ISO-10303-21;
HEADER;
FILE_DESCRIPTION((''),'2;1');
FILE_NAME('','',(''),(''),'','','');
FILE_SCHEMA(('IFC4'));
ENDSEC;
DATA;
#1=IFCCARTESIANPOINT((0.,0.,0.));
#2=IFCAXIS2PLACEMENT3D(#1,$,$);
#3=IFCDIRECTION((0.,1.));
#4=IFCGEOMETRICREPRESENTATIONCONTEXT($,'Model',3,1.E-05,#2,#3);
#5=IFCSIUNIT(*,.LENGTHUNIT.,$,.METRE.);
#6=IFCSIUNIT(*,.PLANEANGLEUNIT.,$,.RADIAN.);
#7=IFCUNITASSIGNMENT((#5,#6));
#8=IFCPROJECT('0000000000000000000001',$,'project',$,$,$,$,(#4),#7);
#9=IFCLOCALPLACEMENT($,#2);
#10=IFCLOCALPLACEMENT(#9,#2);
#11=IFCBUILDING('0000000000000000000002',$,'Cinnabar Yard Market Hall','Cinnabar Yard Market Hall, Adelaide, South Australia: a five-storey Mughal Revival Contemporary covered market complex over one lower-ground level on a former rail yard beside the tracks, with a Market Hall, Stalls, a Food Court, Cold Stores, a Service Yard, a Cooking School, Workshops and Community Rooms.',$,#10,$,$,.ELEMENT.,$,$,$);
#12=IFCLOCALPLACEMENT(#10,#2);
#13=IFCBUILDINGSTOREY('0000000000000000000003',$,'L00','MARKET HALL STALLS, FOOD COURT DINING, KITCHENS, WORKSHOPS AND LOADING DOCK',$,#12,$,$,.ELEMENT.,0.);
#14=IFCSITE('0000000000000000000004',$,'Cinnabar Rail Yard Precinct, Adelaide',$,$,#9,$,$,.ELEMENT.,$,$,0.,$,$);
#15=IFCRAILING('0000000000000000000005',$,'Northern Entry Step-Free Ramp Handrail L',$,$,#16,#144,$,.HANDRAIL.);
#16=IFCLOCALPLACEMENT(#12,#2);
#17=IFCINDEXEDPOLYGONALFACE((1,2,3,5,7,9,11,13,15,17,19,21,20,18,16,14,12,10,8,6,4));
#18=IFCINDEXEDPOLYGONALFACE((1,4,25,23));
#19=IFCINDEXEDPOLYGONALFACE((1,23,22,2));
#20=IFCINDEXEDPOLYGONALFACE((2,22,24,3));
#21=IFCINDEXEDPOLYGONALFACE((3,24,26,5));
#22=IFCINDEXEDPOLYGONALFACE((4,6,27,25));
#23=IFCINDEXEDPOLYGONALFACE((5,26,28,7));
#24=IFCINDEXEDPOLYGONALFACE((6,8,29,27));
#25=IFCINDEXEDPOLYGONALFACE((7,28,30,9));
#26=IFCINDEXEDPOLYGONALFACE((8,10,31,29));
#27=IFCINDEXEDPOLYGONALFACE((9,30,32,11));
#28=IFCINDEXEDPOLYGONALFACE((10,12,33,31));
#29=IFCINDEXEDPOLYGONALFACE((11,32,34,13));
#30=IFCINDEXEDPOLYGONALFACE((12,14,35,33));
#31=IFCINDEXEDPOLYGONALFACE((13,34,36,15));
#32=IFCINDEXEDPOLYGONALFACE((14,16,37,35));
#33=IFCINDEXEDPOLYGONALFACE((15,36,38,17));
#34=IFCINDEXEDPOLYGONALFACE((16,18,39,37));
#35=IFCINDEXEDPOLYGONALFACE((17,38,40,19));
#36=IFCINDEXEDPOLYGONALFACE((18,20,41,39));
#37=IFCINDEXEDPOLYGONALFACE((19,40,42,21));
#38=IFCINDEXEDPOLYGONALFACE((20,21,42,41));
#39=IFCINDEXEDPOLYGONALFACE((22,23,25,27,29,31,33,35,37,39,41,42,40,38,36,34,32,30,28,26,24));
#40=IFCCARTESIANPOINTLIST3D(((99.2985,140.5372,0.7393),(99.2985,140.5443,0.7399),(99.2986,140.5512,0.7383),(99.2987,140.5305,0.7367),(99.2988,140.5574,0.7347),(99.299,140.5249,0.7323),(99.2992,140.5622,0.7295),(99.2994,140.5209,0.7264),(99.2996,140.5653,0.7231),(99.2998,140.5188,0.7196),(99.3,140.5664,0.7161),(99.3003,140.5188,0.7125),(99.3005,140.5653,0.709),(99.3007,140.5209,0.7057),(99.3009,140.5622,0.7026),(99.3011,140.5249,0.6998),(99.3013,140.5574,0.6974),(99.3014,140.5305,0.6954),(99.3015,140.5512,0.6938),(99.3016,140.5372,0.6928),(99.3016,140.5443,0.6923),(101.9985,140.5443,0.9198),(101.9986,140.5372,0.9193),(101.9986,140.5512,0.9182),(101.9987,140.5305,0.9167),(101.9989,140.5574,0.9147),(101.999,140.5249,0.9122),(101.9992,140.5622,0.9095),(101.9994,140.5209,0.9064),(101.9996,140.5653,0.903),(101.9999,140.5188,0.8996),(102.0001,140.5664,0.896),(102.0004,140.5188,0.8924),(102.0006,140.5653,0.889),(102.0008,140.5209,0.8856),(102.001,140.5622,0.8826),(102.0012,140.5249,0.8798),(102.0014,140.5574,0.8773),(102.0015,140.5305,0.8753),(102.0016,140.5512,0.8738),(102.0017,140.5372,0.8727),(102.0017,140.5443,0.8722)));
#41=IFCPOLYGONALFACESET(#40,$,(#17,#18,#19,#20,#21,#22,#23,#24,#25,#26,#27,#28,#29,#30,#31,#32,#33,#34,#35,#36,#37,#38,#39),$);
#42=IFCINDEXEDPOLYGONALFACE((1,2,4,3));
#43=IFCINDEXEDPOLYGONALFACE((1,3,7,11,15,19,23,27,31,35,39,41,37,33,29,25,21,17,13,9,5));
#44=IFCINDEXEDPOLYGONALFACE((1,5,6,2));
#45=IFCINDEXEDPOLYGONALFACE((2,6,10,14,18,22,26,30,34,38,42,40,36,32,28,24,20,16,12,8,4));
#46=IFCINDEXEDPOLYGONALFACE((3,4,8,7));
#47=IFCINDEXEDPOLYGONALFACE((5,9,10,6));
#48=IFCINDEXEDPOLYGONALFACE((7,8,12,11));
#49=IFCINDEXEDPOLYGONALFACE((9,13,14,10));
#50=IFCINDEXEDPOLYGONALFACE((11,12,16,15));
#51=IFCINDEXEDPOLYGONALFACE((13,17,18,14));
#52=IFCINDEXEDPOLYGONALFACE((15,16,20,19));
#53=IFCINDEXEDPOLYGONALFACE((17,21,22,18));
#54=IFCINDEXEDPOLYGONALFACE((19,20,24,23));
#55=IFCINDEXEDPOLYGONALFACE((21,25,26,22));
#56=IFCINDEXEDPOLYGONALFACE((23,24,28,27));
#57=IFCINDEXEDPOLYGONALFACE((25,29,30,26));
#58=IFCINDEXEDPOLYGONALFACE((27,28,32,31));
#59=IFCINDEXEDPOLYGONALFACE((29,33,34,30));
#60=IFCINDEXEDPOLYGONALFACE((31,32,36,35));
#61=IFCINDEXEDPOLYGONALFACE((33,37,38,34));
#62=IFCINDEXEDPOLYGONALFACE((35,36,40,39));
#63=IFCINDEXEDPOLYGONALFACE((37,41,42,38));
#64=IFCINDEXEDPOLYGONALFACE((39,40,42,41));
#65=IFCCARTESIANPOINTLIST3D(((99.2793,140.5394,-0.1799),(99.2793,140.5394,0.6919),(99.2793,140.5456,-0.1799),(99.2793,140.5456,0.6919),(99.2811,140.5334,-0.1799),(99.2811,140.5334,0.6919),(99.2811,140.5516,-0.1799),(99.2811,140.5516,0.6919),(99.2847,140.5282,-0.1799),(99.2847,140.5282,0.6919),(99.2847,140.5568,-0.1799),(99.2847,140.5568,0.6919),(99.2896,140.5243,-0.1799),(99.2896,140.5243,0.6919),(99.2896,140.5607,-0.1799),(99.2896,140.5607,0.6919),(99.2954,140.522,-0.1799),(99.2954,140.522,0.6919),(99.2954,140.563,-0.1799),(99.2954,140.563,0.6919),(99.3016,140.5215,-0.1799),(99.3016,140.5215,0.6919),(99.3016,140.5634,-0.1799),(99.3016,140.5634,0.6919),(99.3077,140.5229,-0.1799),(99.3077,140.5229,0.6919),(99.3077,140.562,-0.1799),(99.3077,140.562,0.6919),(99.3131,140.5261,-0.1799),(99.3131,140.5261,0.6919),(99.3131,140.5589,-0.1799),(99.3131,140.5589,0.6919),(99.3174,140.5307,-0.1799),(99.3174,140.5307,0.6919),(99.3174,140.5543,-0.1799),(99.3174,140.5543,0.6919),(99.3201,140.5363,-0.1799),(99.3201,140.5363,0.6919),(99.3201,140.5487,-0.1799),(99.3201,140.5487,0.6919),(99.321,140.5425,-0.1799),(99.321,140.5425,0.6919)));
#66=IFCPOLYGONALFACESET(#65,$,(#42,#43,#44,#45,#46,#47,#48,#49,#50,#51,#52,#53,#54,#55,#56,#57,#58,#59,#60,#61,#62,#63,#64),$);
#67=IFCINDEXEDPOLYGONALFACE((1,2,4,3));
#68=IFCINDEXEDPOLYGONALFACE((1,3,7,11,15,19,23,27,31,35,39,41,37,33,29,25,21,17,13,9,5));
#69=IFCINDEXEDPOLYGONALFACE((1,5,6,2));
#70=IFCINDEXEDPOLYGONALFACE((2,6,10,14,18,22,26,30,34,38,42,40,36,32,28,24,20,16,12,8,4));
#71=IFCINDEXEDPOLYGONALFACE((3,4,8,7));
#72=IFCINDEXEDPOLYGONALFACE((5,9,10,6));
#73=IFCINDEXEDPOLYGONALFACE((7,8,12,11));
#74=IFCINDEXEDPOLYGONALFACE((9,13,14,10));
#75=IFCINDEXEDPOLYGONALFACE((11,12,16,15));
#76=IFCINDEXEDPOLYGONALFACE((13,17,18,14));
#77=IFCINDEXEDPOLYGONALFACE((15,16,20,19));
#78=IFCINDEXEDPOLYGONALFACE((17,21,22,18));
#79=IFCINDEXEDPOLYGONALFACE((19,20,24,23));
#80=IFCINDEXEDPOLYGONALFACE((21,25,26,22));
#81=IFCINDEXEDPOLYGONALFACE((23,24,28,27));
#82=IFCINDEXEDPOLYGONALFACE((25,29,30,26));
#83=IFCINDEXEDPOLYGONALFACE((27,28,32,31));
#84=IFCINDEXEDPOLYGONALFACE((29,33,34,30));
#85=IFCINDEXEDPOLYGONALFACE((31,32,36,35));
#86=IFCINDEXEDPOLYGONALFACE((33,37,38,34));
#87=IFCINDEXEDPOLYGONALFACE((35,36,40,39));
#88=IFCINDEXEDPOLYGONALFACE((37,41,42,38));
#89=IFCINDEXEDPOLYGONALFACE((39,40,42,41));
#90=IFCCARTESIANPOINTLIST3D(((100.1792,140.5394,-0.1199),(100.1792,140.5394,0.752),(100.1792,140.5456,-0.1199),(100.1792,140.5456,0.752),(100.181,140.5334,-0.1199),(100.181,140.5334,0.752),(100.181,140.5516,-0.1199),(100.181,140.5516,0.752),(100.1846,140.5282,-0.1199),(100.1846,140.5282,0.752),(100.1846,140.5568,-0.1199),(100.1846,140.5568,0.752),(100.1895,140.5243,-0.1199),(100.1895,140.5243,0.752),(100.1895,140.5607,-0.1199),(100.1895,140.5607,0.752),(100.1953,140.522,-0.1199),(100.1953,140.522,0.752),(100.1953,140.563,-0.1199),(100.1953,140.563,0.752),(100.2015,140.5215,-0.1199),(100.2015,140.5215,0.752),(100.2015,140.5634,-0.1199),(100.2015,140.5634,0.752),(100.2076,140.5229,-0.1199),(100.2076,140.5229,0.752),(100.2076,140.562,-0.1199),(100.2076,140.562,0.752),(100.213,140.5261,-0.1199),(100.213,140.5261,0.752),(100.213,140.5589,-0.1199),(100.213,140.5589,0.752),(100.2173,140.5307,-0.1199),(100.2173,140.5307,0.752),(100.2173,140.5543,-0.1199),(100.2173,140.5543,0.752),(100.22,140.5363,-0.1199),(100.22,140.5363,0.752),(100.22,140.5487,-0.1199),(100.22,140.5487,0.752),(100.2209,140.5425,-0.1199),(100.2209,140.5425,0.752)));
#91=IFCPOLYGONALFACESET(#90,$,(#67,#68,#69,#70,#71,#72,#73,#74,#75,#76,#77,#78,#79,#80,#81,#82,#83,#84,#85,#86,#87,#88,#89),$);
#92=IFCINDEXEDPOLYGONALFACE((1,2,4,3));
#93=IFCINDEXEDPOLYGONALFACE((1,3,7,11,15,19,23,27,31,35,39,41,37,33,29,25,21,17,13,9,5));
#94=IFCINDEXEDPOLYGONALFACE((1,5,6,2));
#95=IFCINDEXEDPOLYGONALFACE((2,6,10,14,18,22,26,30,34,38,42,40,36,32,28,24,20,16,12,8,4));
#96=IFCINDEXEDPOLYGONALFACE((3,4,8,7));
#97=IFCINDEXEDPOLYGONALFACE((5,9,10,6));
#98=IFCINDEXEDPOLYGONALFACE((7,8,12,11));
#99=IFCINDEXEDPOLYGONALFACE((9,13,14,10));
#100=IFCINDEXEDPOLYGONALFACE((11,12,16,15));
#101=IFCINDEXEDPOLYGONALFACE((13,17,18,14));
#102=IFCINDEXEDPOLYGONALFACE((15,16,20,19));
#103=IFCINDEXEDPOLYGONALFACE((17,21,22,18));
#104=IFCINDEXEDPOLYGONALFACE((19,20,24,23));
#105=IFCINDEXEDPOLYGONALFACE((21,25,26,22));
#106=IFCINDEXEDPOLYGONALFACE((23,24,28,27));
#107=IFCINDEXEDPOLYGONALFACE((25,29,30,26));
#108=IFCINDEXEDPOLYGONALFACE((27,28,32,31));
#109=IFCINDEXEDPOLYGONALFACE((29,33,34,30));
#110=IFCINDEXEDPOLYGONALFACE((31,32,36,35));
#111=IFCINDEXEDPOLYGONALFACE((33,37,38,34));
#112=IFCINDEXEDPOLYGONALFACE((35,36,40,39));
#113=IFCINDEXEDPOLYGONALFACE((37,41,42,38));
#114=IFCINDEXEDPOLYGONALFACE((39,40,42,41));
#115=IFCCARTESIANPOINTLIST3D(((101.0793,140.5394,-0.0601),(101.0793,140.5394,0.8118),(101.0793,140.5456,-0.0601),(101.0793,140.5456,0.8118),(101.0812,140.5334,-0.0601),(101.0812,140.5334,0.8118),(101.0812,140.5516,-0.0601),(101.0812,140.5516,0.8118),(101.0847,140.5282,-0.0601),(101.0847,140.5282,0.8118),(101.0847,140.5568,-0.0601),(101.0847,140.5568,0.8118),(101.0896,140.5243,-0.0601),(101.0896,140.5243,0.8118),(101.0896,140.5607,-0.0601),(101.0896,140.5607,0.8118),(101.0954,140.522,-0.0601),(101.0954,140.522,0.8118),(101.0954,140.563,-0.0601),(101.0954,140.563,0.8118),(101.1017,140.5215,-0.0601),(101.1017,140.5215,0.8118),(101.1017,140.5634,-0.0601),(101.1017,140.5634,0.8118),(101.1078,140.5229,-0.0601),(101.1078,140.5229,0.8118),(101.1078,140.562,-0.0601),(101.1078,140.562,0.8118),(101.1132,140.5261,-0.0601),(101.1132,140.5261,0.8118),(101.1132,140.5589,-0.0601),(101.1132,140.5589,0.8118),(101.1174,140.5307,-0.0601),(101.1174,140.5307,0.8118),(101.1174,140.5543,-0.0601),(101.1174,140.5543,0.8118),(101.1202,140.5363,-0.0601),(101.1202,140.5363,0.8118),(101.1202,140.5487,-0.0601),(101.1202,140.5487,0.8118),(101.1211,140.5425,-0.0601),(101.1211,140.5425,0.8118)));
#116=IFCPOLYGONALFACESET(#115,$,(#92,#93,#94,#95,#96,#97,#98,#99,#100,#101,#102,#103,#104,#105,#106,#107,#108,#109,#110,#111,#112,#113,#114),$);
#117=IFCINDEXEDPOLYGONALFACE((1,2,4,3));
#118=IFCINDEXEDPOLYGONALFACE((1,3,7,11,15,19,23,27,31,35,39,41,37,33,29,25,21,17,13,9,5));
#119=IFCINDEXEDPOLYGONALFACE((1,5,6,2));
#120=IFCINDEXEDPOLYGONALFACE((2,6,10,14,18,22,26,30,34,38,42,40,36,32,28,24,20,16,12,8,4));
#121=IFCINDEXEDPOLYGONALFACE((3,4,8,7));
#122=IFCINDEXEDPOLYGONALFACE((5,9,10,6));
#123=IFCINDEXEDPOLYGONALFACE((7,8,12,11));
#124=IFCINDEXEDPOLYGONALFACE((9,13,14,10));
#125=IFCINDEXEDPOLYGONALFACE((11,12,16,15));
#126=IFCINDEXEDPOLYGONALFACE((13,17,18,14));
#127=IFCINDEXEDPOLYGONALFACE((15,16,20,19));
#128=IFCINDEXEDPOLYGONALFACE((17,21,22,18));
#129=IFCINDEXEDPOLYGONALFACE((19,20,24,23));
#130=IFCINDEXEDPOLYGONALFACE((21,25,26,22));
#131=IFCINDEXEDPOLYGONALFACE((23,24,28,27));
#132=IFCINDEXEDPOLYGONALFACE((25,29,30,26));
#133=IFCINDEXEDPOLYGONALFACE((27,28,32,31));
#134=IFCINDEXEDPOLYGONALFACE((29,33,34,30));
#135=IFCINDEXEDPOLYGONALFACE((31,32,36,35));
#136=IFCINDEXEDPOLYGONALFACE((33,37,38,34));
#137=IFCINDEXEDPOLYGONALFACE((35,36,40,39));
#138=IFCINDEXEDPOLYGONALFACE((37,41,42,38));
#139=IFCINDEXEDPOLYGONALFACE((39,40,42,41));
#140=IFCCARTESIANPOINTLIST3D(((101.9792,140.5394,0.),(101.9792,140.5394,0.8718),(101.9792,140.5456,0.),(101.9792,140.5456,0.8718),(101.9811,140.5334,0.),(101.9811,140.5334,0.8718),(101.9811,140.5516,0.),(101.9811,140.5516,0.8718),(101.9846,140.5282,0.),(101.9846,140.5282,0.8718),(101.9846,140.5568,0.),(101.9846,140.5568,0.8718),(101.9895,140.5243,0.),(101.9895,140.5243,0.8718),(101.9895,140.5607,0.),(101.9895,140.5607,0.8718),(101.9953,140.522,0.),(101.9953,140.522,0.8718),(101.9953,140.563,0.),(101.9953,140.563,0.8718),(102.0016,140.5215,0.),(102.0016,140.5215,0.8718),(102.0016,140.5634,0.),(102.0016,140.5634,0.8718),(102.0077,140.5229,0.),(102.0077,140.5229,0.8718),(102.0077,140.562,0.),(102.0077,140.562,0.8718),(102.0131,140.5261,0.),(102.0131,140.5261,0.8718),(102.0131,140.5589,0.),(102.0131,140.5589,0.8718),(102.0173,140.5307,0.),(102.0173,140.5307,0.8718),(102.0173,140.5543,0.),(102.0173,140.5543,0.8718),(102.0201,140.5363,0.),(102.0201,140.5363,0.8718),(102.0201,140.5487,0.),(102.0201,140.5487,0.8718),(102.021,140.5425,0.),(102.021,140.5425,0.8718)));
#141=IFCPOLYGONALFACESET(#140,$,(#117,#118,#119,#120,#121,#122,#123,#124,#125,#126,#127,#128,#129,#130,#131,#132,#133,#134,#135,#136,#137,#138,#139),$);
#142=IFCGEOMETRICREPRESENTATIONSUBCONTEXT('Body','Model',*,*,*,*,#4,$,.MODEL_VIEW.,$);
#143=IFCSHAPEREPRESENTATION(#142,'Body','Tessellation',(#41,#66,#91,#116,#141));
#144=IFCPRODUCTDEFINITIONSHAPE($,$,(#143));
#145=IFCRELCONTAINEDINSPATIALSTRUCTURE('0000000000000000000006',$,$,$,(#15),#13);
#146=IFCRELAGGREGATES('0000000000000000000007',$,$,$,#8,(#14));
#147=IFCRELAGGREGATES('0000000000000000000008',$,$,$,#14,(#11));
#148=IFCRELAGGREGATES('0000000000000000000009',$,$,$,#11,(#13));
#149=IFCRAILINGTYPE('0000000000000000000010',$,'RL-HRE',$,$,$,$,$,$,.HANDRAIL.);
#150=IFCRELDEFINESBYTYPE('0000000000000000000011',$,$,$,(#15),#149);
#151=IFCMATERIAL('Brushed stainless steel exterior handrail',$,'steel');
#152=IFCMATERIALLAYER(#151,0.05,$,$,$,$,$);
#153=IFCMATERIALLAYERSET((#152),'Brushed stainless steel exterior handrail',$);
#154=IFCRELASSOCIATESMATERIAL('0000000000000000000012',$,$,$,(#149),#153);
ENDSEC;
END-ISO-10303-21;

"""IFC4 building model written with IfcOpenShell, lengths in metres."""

from ifc_helpers import new_model, si_unit, direction, frame, origin, origin_2d_with_axis, place, context, subcontext, project, spatial, circle, extrude, material, layer, layer_set, type_object, element, save


model = new_model("IFC4")

# Units and contexts
model_context = context("Model", 3, precision=1e-05, world=origin(), true_north=direction((0.0, 1.0)))
body_context = subcontext(model_context, "Body", "Model", "MODEL_VIEW")
ifc_project = project(units=[si_unit("LENGTHUNIT", "METRE"), si_unit("PLANEANGLEUNIT", "RADIAN")], contexts=[model_context])

# Site, building, storey
site_placement = place(None, origin())
site = spatial("IfcSite", under=ifc_project, at=site_placement, Name="Cinnabar Rail Yard Precinct, Adelaide", CompositionType="ELEMENT", RefElevation=0.0)
building_placement = place(site_placement, origin())
building = spatial("IfcBuilding", under=site, at=building_placement, Name="Cinnabar Yard Market Hall", Description="Cinnabar Yard Market Hall, Adelaide, South Australia: a five-storey Mughal Revival Contemporary covered market complex over one lower-ground level on a former rail yard beside the tracks, with a Market Hall, Stalls, a Food Court, Cold Stores, a Service Yard, a Cooking School, Workshops and Community Rooms.", CompositionType="ELEMENT")
storey_placement = place(building_placement, origin())
storey = spatial("IfcBuildingStorey", under=building, at=storey_placement, Name="L00", Description="MARKET HALL STALLS, FOOD COURT DINING, KITCHENS, WORKSHOPS AND LOADING DOCK", CompositionType="ELEMENT", Elevation=0.0)

# Railing
ifc_material_1 = material(Name="Brushed stainless steel exterior handrail", Category="steel")
ifc_layer_1 = layer(ifc_material_1, 0.05)
ifc_layer_set_1 = layer_set([ifc_layer_1], Name="Brushed stainless steel exterior handrail")
railing_type_1 = type_object("IfcRailingType", Name="RL-HRE", PredefinedType="HANDRAIL", material=ifc_layer_set_1)
for number, where, name in (
    (1, (99.3, 140.5425, -0.1799), "Northern Entry Step-Free Ramp Handrail L"),
):
    element("IfcRailing", number, at=place(storey_placement, frame(where)), inside=storey, type_object=railing_type_1, Name=name, PredefinedType="HANDRAIL", context=body_context, shape_type="SweptSolid", body=[
        extrude(circle(Radius=0.0239, at=origin_2d_with_axis()), frame((0.0, 0.0, 0.896), z_axis=(0.997787, 0.0, 0.066495), x_axis=(0.0, 1.0, 0.0)), (0.0, 0.0, 1.0), 2.7061),
        extrude(circle(Radius=0.021, at=origin_2d_with_axis()), origin(), (0.0, 0.0, 1.0), 0.8718),
        extrude(circle(Radius=0.021, at=origin_2d_with_axis()), frame((0.8999, 0.0, 0.0601)), (0.0, 0.0, 1.0), 0.8718),
        extrude(circle(Radius=0.021, at=origin_2d_with_axis()), frame((1.8, 0.0, 0.1199)), (0.0, 0.0, 1.0), 0.8718),
        extrude(circle(Radius=0.021, at=origin_2d_with_axis()), frame((2.7, 0.0, 0.1799)), (0.0, 0.0, 1.0), 0.8718),
    ])

save(model, "model.ifc")
